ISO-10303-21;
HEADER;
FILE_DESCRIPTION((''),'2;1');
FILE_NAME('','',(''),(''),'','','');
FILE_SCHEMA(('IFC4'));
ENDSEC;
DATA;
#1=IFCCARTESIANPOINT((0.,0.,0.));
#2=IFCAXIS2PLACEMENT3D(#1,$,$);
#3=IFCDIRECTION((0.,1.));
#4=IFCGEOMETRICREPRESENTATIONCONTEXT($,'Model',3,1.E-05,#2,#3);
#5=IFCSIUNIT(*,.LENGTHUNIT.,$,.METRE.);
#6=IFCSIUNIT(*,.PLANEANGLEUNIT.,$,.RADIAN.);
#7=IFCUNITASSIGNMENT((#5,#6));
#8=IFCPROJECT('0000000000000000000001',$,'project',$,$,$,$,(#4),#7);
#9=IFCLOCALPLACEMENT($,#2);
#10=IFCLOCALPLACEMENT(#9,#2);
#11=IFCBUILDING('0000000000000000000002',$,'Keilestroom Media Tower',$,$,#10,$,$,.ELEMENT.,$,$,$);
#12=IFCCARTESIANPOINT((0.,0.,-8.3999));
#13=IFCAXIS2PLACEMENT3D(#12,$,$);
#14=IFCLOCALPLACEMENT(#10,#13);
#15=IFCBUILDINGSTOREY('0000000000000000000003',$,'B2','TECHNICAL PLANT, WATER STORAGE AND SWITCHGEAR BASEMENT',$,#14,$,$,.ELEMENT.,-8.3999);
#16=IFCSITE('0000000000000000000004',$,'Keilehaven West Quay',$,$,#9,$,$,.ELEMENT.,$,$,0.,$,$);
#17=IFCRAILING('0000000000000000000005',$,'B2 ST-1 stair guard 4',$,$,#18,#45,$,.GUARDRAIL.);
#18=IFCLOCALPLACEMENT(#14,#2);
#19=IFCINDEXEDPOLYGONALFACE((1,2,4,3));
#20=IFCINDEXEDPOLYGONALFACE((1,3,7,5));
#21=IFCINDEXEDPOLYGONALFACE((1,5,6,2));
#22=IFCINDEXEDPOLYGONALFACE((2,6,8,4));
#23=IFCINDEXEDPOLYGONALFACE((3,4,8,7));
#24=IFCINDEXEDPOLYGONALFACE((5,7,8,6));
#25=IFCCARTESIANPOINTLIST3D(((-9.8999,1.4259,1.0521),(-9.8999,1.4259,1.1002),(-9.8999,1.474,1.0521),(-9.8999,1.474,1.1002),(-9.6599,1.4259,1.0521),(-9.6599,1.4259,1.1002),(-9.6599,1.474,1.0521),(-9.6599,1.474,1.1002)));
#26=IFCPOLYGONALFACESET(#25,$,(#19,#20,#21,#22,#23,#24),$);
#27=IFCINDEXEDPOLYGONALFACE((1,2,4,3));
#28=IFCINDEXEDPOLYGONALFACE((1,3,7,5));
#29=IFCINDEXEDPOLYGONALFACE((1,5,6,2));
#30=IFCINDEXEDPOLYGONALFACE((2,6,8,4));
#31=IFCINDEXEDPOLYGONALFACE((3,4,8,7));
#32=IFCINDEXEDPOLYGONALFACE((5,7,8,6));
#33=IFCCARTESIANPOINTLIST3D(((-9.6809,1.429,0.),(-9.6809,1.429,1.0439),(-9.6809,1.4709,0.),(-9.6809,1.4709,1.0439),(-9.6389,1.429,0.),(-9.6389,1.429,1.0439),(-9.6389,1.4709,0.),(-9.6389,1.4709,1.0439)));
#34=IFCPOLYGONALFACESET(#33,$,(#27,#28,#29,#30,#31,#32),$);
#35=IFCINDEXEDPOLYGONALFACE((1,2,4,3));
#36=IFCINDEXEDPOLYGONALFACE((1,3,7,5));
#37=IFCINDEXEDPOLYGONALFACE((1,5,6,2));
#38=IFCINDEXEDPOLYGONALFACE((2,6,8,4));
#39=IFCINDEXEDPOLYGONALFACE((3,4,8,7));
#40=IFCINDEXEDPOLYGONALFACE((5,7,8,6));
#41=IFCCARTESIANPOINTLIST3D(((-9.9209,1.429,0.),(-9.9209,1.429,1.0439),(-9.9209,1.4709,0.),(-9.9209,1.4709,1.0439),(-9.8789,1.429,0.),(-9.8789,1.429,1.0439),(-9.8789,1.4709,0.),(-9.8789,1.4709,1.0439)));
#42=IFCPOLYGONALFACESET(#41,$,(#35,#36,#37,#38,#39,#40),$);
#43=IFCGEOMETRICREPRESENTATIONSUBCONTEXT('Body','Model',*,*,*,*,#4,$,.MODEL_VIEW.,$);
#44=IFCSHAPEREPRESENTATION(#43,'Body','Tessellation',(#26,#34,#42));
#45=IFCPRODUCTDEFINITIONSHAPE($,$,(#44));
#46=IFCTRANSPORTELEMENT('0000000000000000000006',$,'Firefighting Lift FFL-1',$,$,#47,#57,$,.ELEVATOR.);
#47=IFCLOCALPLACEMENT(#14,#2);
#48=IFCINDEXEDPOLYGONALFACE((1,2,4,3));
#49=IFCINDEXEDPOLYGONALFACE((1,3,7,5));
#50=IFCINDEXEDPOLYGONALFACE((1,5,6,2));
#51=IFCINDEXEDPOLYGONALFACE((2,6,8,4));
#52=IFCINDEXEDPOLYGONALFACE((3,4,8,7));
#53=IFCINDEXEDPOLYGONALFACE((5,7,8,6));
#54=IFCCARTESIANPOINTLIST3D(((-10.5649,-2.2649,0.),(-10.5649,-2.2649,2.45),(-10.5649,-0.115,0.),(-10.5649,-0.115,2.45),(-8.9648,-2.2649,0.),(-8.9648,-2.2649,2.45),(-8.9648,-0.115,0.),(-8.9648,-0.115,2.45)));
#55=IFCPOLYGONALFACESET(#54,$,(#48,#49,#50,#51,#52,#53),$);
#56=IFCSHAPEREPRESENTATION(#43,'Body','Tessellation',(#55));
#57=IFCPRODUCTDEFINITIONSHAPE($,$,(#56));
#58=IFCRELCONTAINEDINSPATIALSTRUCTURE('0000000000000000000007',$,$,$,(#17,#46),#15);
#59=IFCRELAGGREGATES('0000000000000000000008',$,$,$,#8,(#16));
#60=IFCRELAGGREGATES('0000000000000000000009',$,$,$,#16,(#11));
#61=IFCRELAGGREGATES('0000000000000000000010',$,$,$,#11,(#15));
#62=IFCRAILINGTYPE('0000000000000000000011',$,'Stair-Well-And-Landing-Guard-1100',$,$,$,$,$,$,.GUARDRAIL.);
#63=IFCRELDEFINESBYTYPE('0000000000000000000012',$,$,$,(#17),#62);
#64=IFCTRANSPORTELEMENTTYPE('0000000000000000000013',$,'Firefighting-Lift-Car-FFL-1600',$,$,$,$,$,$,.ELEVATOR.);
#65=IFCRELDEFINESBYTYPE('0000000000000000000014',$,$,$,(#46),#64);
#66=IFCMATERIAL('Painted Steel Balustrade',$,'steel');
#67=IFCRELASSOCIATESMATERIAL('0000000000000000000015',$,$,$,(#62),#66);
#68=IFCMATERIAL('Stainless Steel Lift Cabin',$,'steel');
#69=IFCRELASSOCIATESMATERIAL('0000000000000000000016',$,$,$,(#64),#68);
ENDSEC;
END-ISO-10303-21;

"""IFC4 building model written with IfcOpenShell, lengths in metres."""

from ifc_helpers import new_model, si_unit, direction, frame, origin, origin_2d, place, context, subcontext, project, spatial, rectangle, extrude, source, transform, mapped, material, type_object, element, save


model = new_model("IFC4")

# Units and contexts
model_context = context("Model", 3, precision=1e-05, world=origin(), true_north=direction((0.0, 1.0)))
body_context = subcontext(model_context, "Body", "Model", "MODEL_VIEW")
ifc_project = project(units=[si_unit("LENGTHUNIT", "METRE"), si_unit("PLANEANGLEUNIT", "RADIAN")], contexts=[model_context])

# Site, building, storey
site_placement = place(None, origin())
site = spatial("IfcSite", under=ifc_project, at=site_placement, Name="Keilehaven West Quay", CompositionType="ELEMENT", RefElevation=0.0)
building_placement = place(site_placement, origin())
building = spatial("IfcBuilding", under=site, at=building_placement, Name="Keilestroom Media Tower", CompositionType="ELEMENT")
storey_placement = place(building_placement, frame((0.0, 0.0, -8.3999)))
storey = spatial("IfcBuildingStorey", under=building, at=storey_placement, Name="B2", Description="TECHNICAL PLANT, WATER STORAGE AND SWITCHGEAR BASEMENT", CompositionType="ELEMENT", Elevation=-8.3999)

# Railing
ifc_material_1 = material(Name="Painted Steel Balustrade", Category="steel")
railing_type_1 = type_object("IfcRailingType", Name="Stair-Well-And-Landing-Guard-1100", PredefinedType="GUARDRAIL", material=ifc_material_1)
railing_1_placement = place(storey_placement, frame((-9.6599, 1.45, 0.0)))
element("IfcRailing", 1, at=railing_1_placement, inside=storey, type_object=railing_type_1, Name="B2 ST-1 stair guard 4", PredefinedType="GUARDRAIL", context=body_context, shape_type="SweptSolid", body=[
    extrude(rectangle(XDim=0.0481, YDim=0.0481, at=origin_2d()), frame((0.0, 0.0, 1.0762), z_axis=(-1.0, 0.0, 0.0), x_axis=(0.0, -1.0, 0.0)), (0.0, 0.0, 1.0), 0.24),
    extrude(rectangle(XDim=0.042, YDim=0.042, at=origin_2d()), origin(), (0.0, 0.0, 1.0), 1.0439),
    extrude(rectangle(XDim=0.042, YDim=0.042, at=origin_2d()), frame((-0.24, 0.0, 0.0)), (0.0, 0.0, 1.0), 1.0439),
])

# Transport element
ifc_material_2 = material(Name="Stainless Steel Lift Cabin", Category="steel")
transport_element_type = type_object("IfcTransportElementType", Name="Firefighting-Lift-Car-FFL-1600", PredefinedType="ELEVATOR", material=ifc_material_2)
shared_shape_1 = source(origin(), body_context, "Body", "SweptSolid", [
    extrude(rectangle(XDim=1.6001, YDim=2.1499, at=origin_2d()), origin(), (0.0, 0.0, 1.0), 2.45),
])
transport_element_placement = place(storey_placement, frame((-9.7649, -1.1899, 0.0), z_axis=(0.0, 0.0, 1.0), x_axis=(1.0, 0.0, 0.0)))
element("IfcTransportElement", 2, at=transport_element_placement, inside=storey, type_object=transport_element_type, Name="Firefighting Lift FFL-1", PredefinedType="ELEVATOR", context=body_context, shape_type="MappedRepresentation", body=[
    mapped(shared_shape_1, transform((0.0, 0.0, 0.0), x_axis=(1.0, 0.0, 0.0), y_axis=(0.0, 1.0, 0.0), z_axis=(0.0, 0.0, 1.0), scale=1.0)),
])

save(model, "model.ifc")
